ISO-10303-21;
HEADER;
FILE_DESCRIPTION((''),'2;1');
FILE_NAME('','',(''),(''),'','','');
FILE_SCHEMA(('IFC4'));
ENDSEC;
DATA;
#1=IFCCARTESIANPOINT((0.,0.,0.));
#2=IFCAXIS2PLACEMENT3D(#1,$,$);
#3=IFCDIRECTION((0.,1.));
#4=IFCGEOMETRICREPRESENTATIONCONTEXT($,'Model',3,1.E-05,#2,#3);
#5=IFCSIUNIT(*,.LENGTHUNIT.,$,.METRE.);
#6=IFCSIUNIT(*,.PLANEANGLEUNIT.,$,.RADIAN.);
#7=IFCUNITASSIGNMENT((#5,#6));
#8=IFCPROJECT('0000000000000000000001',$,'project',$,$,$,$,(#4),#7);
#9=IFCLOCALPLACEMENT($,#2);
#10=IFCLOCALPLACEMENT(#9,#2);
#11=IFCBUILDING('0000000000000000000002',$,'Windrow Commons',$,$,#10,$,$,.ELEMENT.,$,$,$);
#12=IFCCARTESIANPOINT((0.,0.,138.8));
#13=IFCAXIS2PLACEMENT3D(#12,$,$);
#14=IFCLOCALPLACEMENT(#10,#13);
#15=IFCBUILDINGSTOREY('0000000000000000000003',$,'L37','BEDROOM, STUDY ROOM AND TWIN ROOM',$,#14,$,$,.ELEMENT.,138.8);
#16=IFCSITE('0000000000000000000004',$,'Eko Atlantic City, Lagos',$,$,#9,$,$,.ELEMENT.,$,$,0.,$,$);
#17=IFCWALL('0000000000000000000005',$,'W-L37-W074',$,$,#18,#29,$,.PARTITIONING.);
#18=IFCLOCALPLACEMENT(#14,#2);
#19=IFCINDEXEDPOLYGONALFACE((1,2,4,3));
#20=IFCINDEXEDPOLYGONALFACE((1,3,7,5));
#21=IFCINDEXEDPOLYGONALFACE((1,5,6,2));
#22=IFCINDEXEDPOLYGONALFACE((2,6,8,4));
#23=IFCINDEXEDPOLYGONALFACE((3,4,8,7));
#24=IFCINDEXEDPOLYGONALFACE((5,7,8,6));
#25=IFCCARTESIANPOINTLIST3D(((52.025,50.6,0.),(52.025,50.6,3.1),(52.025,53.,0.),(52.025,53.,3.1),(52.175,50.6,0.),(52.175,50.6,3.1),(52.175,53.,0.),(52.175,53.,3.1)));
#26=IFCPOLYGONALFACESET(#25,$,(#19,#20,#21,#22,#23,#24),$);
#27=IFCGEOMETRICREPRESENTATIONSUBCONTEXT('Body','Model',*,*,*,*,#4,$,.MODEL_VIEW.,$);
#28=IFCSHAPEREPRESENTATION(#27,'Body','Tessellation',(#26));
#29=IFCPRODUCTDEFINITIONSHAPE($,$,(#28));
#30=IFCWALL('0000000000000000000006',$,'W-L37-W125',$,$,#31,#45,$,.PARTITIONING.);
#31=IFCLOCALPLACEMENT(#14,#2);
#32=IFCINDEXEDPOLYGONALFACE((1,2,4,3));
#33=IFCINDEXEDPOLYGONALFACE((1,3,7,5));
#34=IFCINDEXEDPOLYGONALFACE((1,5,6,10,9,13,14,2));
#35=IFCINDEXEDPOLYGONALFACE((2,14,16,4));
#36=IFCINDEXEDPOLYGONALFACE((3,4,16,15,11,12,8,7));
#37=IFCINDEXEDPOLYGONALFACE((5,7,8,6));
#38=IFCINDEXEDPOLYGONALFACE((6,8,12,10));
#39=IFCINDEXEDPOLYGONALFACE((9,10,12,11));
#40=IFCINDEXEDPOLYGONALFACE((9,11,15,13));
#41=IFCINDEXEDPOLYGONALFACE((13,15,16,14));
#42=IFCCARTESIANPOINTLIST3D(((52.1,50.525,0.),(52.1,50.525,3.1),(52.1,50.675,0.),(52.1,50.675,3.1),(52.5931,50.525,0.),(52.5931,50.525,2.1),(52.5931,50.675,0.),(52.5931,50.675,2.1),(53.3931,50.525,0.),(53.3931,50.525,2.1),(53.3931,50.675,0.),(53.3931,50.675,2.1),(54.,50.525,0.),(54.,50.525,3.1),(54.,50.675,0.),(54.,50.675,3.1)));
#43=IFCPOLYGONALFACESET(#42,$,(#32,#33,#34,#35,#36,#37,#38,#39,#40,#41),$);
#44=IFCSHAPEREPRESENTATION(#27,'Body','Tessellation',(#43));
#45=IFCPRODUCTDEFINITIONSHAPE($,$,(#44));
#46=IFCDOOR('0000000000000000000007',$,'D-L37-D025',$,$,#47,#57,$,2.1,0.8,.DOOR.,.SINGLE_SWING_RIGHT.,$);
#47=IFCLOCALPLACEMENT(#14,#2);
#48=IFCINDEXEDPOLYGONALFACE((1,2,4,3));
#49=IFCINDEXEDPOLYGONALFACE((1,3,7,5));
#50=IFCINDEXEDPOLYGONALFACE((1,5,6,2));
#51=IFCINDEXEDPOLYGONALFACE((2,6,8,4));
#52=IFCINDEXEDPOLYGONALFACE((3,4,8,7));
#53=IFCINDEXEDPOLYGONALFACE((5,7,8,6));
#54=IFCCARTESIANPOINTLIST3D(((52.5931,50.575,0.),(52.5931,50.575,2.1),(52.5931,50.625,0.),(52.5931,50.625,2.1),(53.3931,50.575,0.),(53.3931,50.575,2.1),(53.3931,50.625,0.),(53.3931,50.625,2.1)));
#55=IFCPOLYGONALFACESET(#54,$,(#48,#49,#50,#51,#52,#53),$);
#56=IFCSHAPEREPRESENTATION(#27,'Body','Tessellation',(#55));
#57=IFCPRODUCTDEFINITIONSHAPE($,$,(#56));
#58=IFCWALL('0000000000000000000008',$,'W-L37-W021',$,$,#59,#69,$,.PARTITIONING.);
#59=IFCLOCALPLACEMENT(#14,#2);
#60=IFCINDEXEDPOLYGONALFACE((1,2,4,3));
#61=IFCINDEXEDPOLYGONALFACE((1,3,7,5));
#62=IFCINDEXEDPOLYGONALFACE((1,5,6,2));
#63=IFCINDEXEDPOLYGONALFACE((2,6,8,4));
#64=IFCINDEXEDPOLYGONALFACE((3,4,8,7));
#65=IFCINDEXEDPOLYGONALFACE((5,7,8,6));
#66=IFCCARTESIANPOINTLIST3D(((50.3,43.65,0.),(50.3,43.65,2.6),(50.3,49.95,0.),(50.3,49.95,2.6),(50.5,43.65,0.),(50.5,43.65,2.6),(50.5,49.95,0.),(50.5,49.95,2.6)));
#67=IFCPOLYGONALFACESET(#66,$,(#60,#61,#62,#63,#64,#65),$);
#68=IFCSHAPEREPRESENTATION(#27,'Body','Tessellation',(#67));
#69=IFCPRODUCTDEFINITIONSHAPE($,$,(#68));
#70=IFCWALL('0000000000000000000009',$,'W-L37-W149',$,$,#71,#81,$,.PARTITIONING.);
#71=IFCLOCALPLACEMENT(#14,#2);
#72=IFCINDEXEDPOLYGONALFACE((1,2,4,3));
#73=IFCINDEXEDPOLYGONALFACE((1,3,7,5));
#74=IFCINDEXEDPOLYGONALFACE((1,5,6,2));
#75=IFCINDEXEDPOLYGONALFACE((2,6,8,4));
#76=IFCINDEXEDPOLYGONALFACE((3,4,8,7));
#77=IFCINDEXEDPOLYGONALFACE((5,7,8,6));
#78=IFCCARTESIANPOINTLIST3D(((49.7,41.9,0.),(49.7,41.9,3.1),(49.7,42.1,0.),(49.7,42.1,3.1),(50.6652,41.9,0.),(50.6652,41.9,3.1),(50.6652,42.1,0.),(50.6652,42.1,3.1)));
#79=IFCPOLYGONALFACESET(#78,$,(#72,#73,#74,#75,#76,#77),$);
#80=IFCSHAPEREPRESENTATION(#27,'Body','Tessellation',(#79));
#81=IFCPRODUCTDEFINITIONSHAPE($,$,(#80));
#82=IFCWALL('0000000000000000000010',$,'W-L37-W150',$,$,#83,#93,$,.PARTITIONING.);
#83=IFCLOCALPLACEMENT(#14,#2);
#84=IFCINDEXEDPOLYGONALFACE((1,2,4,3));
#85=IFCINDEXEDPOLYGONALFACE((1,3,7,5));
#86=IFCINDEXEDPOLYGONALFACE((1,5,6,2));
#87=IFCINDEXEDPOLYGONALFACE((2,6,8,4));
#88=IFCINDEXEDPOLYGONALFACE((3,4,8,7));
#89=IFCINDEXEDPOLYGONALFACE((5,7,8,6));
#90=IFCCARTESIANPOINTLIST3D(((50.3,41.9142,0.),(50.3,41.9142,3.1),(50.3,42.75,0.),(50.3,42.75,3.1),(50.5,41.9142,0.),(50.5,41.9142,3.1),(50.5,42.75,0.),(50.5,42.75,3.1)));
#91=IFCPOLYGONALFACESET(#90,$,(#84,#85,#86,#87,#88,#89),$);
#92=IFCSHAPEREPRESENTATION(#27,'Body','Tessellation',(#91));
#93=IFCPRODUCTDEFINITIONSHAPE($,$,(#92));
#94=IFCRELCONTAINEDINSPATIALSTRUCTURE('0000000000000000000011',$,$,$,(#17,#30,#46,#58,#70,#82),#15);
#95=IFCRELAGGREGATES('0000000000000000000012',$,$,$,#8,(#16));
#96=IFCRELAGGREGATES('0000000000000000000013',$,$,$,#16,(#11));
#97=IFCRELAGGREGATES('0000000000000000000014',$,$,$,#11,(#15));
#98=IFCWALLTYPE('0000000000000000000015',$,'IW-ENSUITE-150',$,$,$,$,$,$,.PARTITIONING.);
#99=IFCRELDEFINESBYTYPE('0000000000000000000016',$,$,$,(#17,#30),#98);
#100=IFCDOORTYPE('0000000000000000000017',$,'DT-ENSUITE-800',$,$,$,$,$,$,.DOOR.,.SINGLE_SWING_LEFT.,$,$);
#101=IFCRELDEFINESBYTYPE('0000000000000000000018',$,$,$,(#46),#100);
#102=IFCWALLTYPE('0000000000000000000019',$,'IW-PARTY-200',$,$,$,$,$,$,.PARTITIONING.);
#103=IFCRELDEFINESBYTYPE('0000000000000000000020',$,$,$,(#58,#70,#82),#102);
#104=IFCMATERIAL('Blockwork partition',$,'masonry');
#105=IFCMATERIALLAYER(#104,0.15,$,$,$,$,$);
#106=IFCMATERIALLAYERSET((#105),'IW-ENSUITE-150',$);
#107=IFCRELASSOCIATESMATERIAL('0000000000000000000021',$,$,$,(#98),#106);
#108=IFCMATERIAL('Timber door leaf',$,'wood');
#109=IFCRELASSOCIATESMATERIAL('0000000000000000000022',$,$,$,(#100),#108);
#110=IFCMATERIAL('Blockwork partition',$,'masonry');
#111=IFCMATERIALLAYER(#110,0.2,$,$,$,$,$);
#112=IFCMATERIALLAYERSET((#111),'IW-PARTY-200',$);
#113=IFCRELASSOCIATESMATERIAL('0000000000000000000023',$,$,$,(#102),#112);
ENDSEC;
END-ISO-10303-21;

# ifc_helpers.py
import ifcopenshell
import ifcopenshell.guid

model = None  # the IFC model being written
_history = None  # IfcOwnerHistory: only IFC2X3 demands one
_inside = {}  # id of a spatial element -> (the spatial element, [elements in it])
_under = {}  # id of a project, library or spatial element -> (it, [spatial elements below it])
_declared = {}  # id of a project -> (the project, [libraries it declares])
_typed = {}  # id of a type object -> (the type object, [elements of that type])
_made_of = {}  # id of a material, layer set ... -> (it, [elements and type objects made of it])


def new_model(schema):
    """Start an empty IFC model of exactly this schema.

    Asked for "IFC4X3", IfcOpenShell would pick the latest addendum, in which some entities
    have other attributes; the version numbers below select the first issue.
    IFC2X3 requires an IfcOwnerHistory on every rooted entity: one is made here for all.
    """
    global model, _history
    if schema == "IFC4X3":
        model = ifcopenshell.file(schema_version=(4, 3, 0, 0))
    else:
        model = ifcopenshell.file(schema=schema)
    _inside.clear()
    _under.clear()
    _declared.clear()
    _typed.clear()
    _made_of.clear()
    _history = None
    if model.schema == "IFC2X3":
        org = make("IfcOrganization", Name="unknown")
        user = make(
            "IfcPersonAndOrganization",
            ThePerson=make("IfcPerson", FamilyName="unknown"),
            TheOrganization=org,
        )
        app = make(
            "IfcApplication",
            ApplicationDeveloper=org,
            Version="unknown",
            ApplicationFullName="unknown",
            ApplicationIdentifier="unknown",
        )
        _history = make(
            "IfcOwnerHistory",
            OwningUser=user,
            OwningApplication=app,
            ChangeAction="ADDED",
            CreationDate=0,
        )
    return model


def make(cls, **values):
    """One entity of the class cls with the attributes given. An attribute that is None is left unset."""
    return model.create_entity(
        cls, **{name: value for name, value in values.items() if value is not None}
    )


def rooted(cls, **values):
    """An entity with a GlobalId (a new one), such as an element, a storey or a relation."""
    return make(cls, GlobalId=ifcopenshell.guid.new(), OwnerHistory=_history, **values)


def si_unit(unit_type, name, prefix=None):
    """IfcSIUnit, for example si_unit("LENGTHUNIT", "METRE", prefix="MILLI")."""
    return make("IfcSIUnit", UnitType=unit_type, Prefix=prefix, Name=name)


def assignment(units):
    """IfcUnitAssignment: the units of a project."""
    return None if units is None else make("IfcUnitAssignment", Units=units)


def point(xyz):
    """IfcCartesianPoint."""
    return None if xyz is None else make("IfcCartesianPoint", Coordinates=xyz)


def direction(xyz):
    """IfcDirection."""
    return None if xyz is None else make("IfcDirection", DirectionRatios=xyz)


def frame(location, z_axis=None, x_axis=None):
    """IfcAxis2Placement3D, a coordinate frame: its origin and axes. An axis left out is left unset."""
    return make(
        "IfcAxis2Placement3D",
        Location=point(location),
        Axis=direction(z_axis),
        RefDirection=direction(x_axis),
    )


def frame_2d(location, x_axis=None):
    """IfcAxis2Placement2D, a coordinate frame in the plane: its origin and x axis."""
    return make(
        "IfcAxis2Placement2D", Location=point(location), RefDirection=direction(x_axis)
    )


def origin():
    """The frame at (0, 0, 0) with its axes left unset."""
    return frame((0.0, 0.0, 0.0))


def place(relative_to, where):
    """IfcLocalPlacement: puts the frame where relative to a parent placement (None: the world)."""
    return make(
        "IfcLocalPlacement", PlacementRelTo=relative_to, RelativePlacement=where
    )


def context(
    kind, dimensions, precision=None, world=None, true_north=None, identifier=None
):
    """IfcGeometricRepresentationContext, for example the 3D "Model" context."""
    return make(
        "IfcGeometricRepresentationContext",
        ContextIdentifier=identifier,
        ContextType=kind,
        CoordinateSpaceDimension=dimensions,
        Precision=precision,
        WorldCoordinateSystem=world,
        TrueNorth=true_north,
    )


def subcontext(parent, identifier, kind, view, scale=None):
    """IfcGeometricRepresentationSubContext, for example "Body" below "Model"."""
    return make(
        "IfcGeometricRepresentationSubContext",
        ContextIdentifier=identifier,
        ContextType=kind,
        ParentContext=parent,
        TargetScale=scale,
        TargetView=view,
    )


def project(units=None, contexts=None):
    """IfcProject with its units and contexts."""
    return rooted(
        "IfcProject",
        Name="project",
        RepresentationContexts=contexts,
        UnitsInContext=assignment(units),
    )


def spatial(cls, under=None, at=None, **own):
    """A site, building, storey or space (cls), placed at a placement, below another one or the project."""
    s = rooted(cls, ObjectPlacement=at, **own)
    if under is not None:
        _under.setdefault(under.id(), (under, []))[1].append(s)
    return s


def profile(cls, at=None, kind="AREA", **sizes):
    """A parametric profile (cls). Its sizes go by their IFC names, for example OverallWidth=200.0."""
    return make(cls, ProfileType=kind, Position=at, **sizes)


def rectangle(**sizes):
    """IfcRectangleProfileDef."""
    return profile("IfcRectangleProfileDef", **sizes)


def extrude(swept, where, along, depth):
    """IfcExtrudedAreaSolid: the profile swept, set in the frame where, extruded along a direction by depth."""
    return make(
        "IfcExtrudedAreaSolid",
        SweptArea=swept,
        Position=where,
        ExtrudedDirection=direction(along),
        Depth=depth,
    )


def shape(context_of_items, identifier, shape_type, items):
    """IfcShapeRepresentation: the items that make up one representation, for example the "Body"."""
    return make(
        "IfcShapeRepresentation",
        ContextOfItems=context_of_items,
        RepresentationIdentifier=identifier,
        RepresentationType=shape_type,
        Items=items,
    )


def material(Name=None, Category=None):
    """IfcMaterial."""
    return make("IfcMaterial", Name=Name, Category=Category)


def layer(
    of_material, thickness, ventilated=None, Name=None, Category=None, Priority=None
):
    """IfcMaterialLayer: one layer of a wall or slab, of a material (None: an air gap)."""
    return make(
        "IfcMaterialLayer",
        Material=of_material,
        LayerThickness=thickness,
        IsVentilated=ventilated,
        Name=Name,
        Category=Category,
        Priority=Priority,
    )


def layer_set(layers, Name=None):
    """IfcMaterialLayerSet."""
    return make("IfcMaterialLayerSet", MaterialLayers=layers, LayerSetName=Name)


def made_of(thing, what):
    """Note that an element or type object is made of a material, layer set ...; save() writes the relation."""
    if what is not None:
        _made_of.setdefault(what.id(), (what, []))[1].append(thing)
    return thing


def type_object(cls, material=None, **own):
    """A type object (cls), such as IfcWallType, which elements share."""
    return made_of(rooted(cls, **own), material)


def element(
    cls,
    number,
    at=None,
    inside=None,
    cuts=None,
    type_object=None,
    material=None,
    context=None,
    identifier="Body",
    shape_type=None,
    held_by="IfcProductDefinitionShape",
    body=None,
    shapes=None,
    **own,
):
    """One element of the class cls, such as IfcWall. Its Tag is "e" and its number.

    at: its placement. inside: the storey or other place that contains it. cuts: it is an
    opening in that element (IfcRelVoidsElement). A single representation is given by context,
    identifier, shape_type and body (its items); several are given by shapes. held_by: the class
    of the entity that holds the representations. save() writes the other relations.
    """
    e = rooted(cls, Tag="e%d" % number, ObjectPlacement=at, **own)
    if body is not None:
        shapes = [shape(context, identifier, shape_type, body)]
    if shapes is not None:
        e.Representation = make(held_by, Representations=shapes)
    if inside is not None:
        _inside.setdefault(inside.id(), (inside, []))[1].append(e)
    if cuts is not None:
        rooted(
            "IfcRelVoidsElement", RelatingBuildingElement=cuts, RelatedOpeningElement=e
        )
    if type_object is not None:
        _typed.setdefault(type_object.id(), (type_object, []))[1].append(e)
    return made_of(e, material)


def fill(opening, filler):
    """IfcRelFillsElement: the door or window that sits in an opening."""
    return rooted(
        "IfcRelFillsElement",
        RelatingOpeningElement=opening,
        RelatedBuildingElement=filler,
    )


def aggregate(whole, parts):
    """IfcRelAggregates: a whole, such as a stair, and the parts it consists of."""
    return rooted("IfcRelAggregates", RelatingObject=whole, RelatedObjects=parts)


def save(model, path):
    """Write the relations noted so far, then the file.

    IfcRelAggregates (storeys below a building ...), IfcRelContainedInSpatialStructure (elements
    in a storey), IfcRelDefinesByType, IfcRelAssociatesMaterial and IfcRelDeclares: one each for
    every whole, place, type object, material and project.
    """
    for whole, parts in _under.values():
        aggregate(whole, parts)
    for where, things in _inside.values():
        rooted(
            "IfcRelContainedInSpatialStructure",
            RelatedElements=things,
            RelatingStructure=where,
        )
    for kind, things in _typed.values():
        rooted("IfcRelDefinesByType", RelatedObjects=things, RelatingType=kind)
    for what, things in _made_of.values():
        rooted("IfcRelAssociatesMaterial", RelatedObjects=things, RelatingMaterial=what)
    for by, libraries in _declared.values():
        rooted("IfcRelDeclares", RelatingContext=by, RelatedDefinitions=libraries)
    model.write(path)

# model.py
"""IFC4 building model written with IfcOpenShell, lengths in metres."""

from ifc_helpers import new_model, si_unit, direction, frame, frame_2d, origin, place, context, subcontext, project, spatial, rectangle, extrude, material, layer, layer_set, type_object, element, fill, save


model = new_model("IFC4")

# Units and contexts
model_context = context("Model", 3, precision=1e-05, world=origin(), true_north=direction((0.0, 1.0)))
body_context = subcontext(model_context, "Body", "Model", "MODEL_VIEW")
ifc_project = project(units=[si_unit("LENGTHUNIT", "METRE"), si_unit("PLANEANGLEUNIT", "RADIAN")], contexts=[model_context])

# Site, building, storey
site_placement = place(None, origin())
site = spatial("IfcSite", under=ifc_project, at=site_placement, Name="Eko Atlantic City, Lagos", CompositionType="ELEMENT", RefElevation=0.0)
building_placement = place(site_placement, origin())
building = spatial("IfcBuilding", under=site, at=building_placement, Name="Windrow Commons", CompositionType="ELEMENT")
storey_placement = place(building_placement, frame((0.0, 0.0, 138.8)))
storey = spatial("IfcBuildingStorey", under=building, at=storey_placement, Name="L37", Description="BEDROOM, STUDY ROOM AND TWIN ROOM", CompositionType="ELEMENT", Elevation=138.8)

# Wall
ifc_material_1 = material(Name="Blockwork partition", Category="masonry")
ifc_layer_1 = layer(ifc_material_1, 0.15)
ifc_layer_set_1 = layer_set([ifc_layer_1], Name="IW-ENSUITE-150")
wall_type_1 = type_object("IfcWallType", Name="IW-ENSUITE-150", PredefinedType="PARTITIONING", material=ifc_layer_set_1)
wall_1_placement = place(storey_placement, frame((52.1, 50.6, 0.0), z_axis=(0.0, 0.0, 1.0), x_axis=(0.0, 1.0, 0.0)))
element("IfcWall", 1, at=wall_1_placement, inside=storey, type_object=wall_type_1, Name="W-L37-W074", PredefinedType="PARTITIONING", context=body_context, shape_type="SweptSolid", body=[
    extrude(rectangle(XDim=2.4, YDim=0.15, at=frame_2d((1.2, 0.0))), origin(), (0.0, 0.0, 1.0), 3.1),
])

# Wall, opening, door
wall_2_placement = place(storey_placement, frame((52.1, 50.6, 0.0), z_axis=(0.0, 0.0, 1.0), x_axis=(1.0, 0.0, 0.0)))
wall_2 = element("IfcWall", 2, at=wall_2_placement, inside=storey, type_object=wall_type_1, Name="W-L37-W125", PredefinedType="PARTITIONING", context=body_context, shape_type="SweptSolid", body=[
    extrude(rectangle(XDim=1.9, YDim=0.15, at=frame_2d((0.95, 0.0))), origin(), (0.0, 0.0, 1.0), 3.1),
])
opening_1_placement = place(wall_2_placement, frame((0.4931, 0.0, 0.0)))
opening_1 = element("IfcOpeningElement", 3, at=opening_1_placement, cuts=wall_2, PredefinedType="OPENING", context=body_context, shape_type="SweptSolid", body=[
    extrude(rectangle(XDim=0.8, YDim=2.1, at=frame_2d((0.4, 1.05))), frame((0.0, 0.085, 0.0), z_axis=(0.0, -1.0, 0.0), x_axis=(1.0, 0.0, 0.0)), (0.0, 0.0, 1.0), 0.17),
])
ifc_material_2 = material(Name="Timber door leaf", Category="wood")
door_type = type_object("IfcDoorType", Name="DT-ENSUITE-800", OperationType="SINGLE_SWING_LEFT", PredefinedType="DOOR", material=ifc_material_2)
door_placement = place(opening_1_placement, origin())
door = element("IfcDoor", 4, at=door_placement, inside=storey, type_object=door_type, Name="D-L37-D025", OperationType="SINGLE_SWING_RIGHT", OverallHeight=2.1, OverallWidth=0.8, PredefinedType="DOOR", context=body_context, shape_type="SweptSolid", body=[
    extrude(rectangle(XDim=0.8, YDim=2.1, at=frame_2d((0.4, 1.05))), frame((0.0, 0.025, 0.0), z_axis=(0.0, -1.0, 0.0), x_axis=(1.0, 0.0, 0.0)), (0.0, 0.0, 1.0), 0.05),
])
fill(opening_1, door)

# Walls
ifc_material_3 = material(Name="Blockwork partition", Category="masonry")
ifc_layer_2 = layer(ifc_material_3, 0.2)
ifc_layer_set_2 = layer_set([ifc_layer_2], Name="IW-PARTY-200")
wall_type_2 = type_object("IfcWallType", Name="IW-PARTY-200", PredefinedType="PARTITIONING", material=ifc_layer_set_2)
wall_3_placement = place(storey_placement, frame((50.4, 43.65, 0.0), z_axis=(0.0, 0.0, 1.0), x_axis=(0.0, 1.0, 0.0)))
element("IfcWall", 5, at=wall_3_placement, inside=storey, type_object=wall_type_2, Name="W-L37-W021", PredefinedType="PARTITIONING", context=body_context, shape_type="SweptSolid", body=[
    extrude(rectangle(XDim=6.3, YDim=0.2, at=frame_2d((3.15, 0.0))), origin(), (0.0, 0.0, 1.0), 2.6),
])
wall_4_placement = place(storey_placement, frame((49.7, 42.0, 0.0), z_axis=(0.0, 0.0, 1.0), x_axis=(1.0, 0.0, 0.0)))
element("IfcWall", 6, at=wall_4_placement, inside=storey, type_object=wall_type_2, Name="W-L37-W149", PredefinedType="PARTITIONING", context=body_context, shape_type="SweptSolid", body=[
    extrude(rectangle(XDim=0.9652, YDim=0.2, at=frame_2d((0.4826, 0.0))), origin(), (0.0, 0.0, 1.0), 3.1),
])
wall_5_placement = place(storey_placement, frame((50.4, 41.9143, 0.0), z_axis=(0.0, 0.0, 1.0), x_axis=(0.0, 1.0, 0.0)))
element("IfcWall", 7, at=wall_5_placement, inside=storey, type_object=wall_type_2, Name="W-L37-W150", PredefinedType="PARTITIONING", context=body_context, shape_type="SweptSolid", body=[
    extrude(rectangle(XDim=0.8357, YDim=0.2, at=frame_2d((0.4178, 0.0))), origin(), (0.0, 0.0, 1.0), 3.1),
])

save(model, "model.ifc")
